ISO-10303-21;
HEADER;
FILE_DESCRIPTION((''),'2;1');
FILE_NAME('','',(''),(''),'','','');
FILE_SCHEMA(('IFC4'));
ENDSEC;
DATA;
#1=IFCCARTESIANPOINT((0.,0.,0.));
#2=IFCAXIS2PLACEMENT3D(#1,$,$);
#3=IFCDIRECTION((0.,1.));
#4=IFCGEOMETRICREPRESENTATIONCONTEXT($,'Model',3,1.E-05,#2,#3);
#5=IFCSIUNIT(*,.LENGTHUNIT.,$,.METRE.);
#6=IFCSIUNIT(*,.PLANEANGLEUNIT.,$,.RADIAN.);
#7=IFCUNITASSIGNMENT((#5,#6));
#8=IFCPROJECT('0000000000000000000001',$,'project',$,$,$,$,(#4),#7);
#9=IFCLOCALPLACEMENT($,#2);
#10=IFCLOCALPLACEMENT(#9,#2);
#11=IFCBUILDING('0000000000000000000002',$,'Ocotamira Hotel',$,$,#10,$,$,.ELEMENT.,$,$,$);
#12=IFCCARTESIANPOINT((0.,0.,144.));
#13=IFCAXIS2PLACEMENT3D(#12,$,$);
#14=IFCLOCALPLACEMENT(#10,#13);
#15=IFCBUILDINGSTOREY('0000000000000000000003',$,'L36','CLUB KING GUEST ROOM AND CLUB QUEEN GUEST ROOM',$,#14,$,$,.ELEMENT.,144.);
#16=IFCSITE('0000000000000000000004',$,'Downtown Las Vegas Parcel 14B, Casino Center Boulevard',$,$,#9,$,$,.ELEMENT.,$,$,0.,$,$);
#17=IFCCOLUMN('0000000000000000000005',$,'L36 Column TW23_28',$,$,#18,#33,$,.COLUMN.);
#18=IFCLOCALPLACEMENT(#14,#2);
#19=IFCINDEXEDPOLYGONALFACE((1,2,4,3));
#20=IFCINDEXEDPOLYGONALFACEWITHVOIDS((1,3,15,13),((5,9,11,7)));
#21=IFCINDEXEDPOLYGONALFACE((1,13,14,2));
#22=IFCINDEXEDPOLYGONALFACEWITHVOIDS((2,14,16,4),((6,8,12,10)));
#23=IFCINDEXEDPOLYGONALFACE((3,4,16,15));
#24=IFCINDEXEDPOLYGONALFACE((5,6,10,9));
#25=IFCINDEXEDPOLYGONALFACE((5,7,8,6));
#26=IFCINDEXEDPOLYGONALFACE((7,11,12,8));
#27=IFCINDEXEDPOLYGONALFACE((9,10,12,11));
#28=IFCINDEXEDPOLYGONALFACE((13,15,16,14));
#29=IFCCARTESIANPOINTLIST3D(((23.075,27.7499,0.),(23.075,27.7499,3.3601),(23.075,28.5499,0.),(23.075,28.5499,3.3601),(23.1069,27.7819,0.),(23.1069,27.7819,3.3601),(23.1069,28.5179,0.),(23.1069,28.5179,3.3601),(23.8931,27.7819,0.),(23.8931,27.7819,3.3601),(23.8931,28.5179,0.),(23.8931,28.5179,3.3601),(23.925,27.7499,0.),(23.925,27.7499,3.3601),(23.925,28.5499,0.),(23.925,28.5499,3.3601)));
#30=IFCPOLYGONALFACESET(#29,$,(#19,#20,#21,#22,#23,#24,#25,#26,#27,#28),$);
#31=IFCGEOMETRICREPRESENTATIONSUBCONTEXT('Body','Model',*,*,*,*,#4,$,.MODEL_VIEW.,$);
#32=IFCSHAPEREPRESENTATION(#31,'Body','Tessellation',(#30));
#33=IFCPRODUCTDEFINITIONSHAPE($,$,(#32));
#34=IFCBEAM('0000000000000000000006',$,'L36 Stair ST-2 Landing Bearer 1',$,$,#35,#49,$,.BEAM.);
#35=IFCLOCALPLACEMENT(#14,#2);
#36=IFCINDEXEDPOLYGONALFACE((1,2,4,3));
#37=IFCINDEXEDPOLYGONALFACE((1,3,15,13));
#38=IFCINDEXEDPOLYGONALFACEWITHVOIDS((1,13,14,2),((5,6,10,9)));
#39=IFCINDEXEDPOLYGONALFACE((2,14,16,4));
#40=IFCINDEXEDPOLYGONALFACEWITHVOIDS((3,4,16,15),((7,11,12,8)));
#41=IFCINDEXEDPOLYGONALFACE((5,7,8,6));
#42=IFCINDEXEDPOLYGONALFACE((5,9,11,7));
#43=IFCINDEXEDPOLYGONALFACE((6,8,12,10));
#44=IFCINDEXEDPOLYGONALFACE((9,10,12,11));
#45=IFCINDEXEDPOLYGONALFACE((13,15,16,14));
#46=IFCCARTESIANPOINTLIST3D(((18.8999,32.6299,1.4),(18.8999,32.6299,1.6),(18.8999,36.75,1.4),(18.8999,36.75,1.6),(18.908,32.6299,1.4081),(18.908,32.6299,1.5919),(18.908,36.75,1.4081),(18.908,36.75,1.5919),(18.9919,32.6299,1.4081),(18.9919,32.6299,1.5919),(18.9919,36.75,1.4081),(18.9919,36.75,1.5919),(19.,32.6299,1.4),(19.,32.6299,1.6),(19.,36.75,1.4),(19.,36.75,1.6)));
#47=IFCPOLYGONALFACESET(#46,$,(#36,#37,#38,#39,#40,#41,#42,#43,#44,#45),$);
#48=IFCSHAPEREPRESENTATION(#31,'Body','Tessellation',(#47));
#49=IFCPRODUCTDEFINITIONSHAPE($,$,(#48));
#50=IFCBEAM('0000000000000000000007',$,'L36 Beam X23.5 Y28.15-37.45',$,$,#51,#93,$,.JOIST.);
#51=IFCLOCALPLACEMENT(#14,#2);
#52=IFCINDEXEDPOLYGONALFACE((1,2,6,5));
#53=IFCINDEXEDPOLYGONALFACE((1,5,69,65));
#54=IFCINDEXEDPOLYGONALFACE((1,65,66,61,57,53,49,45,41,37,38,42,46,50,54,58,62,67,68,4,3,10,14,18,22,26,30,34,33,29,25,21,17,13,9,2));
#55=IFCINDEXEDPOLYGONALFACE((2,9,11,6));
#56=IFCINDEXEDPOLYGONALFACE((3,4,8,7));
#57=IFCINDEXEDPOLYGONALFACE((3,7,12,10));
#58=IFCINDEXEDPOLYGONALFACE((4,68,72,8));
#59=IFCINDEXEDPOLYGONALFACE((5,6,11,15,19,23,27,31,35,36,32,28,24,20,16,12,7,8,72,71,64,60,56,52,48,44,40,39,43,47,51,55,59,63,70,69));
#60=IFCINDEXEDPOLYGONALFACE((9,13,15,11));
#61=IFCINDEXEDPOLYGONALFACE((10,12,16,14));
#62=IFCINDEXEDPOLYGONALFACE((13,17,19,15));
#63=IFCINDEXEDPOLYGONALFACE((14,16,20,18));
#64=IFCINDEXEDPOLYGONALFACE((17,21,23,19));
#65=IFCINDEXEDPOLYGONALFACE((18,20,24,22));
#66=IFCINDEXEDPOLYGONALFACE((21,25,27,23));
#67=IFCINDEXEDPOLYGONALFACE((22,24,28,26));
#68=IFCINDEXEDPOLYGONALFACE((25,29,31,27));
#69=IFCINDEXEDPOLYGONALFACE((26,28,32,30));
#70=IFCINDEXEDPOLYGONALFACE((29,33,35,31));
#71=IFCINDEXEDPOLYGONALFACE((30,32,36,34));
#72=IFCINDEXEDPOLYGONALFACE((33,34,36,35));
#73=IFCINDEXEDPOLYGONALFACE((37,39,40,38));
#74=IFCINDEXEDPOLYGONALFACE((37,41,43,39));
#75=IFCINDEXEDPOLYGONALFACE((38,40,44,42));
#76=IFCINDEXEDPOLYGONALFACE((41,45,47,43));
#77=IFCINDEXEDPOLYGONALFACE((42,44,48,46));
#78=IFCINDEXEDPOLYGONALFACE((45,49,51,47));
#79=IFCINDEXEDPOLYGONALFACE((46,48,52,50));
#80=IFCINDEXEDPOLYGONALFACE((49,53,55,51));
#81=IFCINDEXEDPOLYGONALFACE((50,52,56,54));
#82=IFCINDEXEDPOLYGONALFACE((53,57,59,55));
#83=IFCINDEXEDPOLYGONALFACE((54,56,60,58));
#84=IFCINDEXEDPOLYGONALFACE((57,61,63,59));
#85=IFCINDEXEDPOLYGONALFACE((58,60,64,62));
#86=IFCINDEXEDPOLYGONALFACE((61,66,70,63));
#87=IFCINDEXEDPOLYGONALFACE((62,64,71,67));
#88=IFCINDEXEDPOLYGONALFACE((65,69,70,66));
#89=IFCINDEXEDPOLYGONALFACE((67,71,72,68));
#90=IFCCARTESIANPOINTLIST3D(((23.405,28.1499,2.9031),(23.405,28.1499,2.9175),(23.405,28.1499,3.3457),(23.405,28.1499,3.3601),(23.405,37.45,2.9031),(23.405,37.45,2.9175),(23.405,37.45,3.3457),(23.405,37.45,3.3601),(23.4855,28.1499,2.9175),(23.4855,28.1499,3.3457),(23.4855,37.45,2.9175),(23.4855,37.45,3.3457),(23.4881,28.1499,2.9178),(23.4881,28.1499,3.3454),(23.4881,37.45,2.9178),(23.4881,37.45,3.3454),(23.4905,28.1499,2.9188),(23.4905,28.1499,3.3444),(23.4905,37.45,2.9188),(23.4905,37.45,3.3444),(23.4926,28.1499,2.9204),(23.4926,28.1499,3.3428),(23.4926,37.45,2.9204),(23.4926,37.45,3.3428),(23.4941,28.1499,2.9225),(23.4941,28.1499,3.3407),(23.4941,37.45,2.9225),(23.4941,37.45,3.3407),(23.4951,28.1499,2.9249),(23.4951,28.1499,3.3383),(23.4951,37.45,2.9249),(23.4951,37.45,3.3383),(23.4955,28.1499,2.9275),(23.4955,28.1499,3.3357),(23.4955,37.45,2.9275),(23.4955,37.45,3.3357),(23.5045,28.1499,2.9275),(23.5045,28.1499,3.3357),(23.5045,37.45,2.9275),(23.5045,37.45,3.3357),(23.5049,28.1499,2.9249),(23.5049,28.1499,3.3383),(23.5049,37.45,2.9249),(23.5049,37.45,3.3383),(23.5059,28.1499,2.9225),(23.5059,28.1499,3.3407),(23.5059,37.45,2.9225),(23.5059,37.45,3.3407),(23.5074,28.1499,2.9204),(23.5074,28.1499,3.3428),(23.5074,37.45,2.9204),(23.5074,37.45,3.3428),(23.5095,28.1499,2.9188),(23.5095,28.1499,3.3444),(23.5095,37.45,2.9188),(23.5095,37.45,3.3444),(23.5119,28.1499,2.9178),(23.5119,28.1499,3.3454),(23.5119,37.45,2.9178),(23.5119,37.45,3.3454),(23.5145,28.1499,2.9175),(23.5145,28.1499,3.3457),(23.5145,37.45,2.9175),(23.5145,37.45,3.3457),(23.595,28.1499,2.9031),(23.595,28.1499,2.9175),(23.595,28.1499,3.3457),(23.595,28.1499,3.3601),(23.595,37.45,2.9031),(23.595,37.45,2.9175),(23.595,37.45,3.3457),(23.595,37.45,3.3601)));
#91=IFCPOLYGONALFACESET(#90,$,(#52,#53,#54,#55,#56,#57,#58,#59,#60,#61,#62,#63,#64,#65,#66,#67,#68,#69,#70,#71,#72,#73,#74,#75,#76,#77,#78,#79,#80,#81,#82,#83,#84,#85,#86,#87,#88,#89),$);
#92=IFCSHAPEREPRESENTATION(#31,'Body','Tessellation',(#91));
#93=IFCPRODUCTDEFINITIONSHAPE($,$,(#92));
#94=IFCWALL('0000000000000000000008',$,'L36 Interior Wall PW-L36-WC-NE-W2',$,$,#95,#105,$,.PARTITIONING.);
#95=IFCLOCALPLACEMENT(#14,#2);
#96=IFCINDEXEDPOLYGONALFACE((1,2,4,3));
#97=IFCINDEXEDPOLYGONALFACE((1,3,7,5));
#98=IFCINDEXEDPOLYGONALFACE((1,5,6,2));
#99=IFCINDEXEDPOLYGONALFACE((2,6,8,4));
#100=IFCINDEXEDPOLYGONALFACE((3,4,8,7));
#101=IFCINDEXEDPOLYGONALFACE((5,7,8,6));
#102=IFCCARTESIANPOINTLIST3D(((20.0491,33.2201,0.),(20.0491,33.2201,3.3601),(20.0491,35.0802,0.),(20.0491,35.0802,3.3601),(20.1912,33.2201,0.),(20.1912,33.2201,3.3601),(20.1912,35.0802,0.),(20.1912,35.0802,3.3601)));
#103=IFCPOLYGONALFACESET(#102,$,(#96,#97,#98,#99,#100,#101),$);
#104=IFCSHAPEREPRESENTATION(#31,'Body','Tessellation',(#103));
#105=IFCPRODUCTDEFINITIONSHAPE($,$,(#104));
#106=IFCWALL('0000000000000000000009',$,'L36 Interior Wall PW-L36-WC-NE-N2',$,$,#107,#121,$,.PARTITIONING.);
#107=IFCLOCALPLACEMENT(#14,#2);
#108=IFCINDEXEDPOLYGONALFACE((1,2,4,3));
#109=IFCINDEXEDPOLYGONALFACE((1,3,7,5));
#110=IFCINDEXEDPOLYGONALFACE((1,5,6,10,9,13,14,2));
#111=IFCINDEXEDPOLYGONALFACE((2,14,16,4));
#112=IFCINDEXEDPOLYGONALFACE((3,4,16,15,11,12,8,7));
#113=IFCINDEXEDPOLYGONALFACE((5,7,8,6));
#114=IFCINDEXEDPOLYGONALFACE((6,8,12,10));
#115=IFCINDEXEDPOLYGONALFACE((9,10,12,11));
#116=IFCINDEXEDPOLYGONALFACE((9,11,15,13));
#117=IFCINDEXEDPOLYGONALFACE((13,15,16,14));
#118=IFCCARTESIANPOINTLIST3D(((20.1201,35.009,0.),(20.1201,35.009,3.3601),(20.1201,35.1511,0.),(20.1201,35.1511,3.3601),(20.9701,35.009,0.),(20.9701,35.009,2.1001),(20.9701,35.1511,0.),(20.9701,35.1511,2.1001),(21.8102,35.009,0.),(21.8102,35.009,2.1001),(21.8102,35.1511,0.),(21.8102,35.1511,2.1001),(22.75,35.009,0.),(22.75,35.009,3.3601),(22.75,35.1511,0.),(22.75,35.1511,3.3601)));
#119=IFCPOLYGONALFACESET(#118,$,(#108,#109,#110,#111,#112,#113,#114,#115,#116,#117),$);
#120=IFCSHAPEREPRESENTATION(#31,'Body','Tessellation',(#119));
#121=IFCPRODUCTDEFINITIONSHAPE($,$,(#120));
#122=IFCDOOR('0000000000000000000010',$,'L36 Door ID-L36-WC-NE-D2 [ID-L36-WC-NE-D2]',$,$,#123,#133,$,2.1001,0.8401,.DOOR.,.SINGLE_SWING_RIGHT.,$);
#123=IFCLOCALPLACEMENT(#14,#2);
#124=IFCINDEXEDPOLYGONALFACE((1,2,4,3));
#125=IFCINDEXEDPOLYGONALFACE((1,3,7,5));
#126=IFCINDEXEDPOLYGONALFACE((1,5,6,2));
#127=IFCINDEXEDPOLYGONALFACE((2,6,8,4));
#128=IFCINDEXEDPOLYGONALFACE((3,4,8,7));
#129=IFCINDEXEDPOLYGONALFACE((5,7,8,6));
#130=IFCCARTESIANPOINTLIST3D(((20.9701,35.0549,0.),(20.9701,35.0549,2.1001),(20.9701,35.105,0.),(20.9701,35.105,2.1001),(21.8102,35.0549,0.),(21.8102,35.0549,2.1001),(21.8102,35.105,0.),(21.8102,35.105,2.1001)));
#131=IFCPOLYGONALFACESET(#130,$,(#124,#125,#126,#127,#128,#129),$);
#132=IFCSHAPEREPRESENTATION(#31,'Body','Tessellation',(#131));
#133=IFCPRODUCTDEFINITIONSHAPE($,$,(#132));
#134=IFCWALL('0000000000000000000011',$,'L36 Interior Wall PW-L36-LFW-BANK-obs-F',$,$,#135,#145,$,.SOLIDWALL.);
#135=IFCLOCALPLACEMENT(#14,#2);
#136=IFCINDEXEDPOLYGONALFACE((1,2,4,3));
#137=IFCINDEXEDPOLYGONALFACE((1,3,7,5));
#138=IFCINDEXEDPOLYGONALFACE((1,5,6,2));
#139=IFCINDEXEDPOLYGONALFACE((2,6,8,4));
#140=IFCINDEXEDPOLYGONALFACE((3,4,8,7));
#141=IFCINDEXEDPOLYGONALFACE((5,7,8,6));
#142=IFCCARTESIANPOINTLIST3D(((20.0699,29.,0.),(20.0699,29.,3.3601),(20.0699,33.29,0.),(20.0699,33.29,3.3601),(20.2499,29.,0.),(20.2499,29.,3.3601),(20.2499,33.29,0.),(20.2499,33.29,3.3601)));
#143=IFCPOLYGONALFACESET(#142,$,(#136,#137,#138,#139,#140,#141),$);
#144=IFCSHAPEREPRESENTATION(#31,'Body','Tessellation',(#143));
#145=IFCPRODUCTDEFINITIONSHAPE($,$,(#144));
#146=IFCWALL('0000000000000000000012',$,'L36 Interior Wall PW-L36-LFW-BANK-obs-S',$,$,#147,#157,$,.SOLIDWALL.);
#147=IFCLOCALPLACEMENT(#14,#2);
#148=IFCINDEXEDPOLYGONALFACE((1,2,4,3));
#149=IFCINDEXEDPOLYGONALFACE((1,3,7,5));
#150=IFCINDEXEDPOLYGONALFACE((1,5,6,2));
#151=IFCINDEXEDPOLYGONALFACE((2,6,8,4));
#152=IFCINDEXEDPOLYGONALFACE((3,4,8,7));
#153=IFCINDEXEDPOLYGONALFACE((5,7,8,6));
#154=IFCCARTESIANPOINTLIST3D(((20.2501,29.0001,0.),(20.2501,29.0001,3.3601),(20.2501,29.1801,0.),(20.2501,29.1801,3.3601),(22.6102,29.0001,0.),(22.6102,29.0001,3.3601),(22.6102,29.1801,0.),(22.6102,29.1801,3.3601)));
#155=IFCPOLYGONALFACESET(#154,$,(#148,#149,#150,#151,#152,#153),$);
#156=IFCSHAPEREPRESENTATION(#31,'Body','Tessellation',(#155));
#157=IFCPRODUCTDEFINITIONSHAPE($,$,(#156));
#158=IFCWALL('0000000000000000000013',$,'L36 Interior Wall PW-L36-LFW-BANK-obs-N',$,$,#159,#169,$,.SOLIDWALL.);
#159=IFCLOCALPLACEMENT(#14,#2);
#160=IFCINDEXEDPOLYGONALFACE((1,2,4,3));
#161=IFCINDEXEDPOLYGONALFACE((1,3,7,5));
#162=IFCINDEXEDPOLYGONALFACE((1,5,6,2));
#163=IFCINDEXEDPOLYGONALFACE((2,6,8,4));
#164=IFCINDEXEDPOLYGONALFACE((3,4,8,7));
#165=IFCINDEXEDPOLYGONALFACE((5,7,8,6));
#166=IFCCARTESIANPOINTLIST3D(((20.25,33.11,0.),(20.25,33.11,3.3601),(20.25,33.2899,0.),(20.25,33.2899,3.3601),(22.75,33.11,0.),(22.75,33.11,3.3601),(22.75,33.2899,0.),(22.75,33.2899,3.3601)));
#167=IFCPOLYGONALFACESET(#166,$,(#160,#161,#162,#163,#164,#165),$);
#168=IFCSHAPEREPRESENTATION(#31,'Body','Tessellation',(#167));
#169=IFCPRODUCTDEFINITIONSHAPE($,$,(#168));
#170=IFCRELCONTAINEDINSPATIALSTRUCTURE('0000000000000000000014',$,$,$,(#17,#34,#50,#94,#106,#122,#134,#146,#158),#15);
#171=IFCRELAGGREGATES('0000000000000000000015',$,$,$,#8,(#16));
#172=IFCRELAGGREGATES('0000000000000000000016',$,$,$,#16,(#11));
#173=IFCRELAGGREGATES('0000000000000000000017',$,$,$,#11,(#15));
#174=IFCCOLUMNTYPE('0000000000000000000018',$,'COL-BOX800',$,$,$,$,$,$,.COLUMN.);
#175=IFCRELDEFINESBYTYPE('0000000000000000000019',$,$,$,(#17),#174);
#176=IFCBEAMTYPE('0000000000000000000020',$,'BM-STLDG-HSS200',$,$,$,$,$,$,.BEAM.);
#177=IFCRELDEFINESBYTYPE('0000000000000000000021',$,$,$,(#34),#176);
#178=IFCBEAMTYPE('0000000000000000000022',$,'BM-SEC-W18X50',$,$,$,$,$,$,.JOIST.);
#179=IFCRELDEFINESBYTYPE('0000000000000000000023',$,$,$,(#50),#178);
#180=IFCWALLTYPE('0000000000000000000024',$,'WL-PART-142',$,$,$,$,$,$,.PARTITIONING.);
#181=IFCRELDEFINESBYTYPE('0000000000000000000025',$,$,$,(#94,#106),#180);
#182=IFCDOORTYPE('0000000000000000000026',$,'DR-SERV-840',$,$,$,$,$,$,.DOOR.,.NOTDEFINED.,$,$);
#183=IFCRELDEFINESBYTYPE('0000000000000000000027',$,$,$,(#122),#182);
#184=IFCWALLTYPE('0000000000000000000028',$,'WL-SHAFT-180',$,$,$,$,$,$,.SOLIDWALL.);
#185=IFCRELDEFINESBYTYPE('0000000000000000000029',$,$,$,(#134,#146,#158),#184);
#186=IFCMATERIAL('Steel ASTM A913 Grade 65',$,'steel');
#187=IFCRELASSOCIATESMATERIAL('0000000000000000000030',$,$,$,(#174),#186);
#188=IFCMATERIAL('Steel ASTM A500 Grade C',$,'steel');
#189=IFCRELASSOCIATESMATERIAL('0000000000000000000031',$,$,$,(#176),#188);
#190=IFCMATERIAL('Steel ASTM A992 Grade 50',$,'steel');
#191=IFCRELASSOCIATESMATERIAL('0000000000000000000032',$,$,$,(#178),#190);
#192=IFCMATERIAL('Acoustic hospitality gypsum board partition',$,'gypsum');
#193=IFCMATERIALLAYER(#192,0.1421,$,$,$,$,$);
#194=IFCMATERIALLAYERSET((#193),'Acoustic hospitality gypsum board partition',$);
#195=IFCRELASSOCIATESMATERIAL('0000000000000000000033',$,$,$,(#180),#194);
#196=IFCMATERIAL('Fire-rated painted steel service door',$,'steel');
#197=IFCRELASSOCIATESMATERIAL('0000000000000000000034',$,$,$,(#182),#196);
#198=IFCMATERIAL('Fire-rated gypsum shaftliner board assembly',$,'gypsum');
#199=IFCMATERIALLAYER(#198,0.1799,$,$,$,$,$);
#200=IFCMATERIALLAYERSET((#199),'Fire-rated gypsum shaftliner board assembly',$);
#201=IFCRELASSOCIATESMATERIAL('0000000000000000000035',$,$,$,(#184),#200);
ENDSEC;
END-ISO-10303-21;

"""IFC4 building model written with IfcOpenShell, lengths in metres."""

from ifc_helpers import new_model, si_unit, direction, frame, frame_2d, origin, origin_2d, place, context, subcontext, project, spatial, rectangle, hollow_rectangle, i_section, extrude, source, transform, mapped, material, layer, layer_set, material_profile, profile_set, type_object, element, fill, save


model = new_model("IFC4")

# Units and contexts
model_context = context("Model", 3, precision=1e-05, world=origin(), true_north=direction((0.0, 1.0)))
body_context = subcontext(model_context, "Body", "Model", "MODEL_VIEW")
ifc_project = project(units=[si_unit("LENGTHUNIT", "METRE"), si_unit("PLANEANGLEUNIT", "RADIAN")], contexts=[model_context])

# Site, building, storey
site_placement = place(None, origin())
site = spatial("IfcSite", under=ifc_project, at=site_placement, Name="Downtown Las Vegas Parcel 14B, Casino Center Boulevard", CompositionType="ELEMENT", RefElevation=0.0)
building_placement = place(site_placement, origin())
building = spatial("IfcBuilding", under=site, at=building_placement, Name="Ocotamira Hotel", CompositionType="ELEMENT")
storey_placement = place(building_placement, frame((0.0, 0.0, 144.0)))
storey = spatial("IfcBuildingStorey", under=building, at=storey_placement, Name="L36", Description="CLUB KING GUEST ROOM AND CLUB QUEEN GUEST ROOM", CompositionType="ELEMENT", Elevation=144.0)

# Column
ifc_material_1 = material(Name="Steel ASTM A913 Grade 65", Category="steel")
ifc_material_profile_1 = material_profile(ifc_material_1, hollow_rectangle(XDim=0.8501, YDim=0.8, WallThickness=0.032, at=origin_2d()), Name="BOX800X850X32")
ifc_profile_set_1 = profile_set([ifc_material_profile_1], Name="Steel ASTM A913 Grade 65")
column_type = type_object("IfcColumnType", Name="COL-BOX800", PredefinedType="COLUMN", material=ifc_profile_set_1)
shared_shape_1 = source(origin(), body_context, "Body", "SweptSolid", [
    extrude(hollow_rectangle(XDim=0.8501, YDim=0.8, WallThickness=0.032, at=origin_2d()), origin(), (0.0, 0.0, 1.0), 3.3601),
])
column_placement = place(storey_placement, frame((23.5, 28.1499, 0.0), z_axis=(0.0, 0.0, 1.0), x_axis=(1.0, 0.0, 0.0)))
element("IfcColumn", 1, at=column_placement, inside=storey, type_object=column_type, Name="L36 Column TW23_28", PredefinedType="COLUMN", context=body_context, shape_type="MappedRepresentation", body=[
    mapped(shared_shape_1, transform((0.0, 0.0, 0.0), scale=1.0)),
])

# Beams
ifc_material_2 = material(Name="Steel ASTM A500 Grade C", Category="steel")
ifc_material_profile_2 = material_profile(ifc_material_2, hollow_rectangle(XDim=0.1001, YDim=0.2, WallThickness=0.0081, at=origin_2d()), Name="HSS200X100X8")
ifc_profile_set_2 = profile_set([ifc_material_profile_2], Name="Steel ASTM A500 Grade C")
beam_type_1 = type_object("IfcBeamType", Name="BM-STLDG-HSS200", PredefinedType="BEAM", material=ifc_profile_set_2)
shared_shape_2 = source(origin(), body_context, "Body", "SweptSolid", [
    extrude(hollow_rectangle(XDim=0.1001, YDim=0.2, WallThickness=0.0081, at=origin_2d()), origin(), (0.0, 0.0, 1.0), 4.1201),
])
beam_1_placement = place(storey_placement, frame((18.95, 32.6299, 1.5), z_axis=(0.0, 1.0, 0.0), x_axis=(-1.0, 0.0, 0.0)))
element("IfcBeam", 2, at=beam_1_placement, inside=storey, type_object=beam_type_1, Name="L36 Stair ST-2 Landing Bearer 1", PredefinedType="BEAM", context=body_context, shape_type="MappedRepresentation", body=[
    mapped(shared_shape_2, transform((0.0, 0.0, 0.0), scale=1.0)),
])
ifc_material_3 = material(Name="Steel ASTM A992 Grade 50", Category="steel")
ifc_material_profile_3 = material_profile(ifc_material_3, i_section(OverallWidth=0.1899, OverallDepth=0.457, WebThickness=0.009, FlangeThickness=0.0144, FilletRadius=0.01, at=origin_2d()), Name="W18X50")
ifc_profile_set_3 = profile_set([ifc_material_profile_3], Name="Steel ASTM A992 Grade 50")
beam_type_2 = type_object("IfcBeamType", Name="BM-SEC-W18X50", PredefinedType="JOIST", material=ifc_profile_set_3)
shared_shape_3 = source(origin(), body_context, "Body", "SweptSolid", [
    extrude(i_section(OverallWidth=0.1899, OverallDepth=0.457, WebThickness=0.009, FlangeThickness=0.0144, FilletRadius=0.01, at=origin_2d()), origin(), (0.0, 0.0, 1.0), 9.3),
])
beam_2_placement = place(storey_placement, frame((23.5, 28.1499, 3.1316), z_axis=(0.0, 1.0, 0.0), x_axis=(-1.0, 0.0, 0.0)))
element("IfcBeam", 3, at=beam_2_placement, inside=storey, type_object=beam_type_2, Name="L36 Beam X23.5 Y28.15-37.45", PredefinedType="JOIST", context=body_context, shape_type="MappedRepresentation", body=[
    mapped(shared_shape_3, transform((0.0, 0.0, 0.0), scale=1.0)),
])

# Wall
ifc_material_4 = material(Name="Acoustic hospitality gypsum board partition", Category="gypsum")
ifc_layer_1 = layer(ifc_material_4, 0.1421)
ifc_layer_set_1 = layer_set([ifc_layer_1], Name="Acoustic hospitality gypsum board partition")
wall_type_1 = type_object("IfcWallType", Name="WL-PART-142", PredefinedType="PARTITIONING", material=ifc_layer_set_1)
wall_1_placement = place(storey_placement, frame((20.1201, 33.22, 0.0), z_axis=(0.0, 0.0, 1.0), x_axis=(0.0, 1.0, 0.0)))
element("IfcWall", 4, at=wall_1_placement, inside=storey, type_object=wall_type_1, Name="L36 Interior Wall PW-L36-WC-NE-W2", PredefinedType="PARTITIONING", context=body_context, shape_type="SweptSolid", body=[
    extrude(rectangle(XDim=1.8601, YDim=0.1421, at=frame_2d((0.9302, 0.0))), origin(), (0.0, 0.0, 1.0), 3.3601),
])

# Wall, opening, door
wall_2_placement = place(storey_placement, frame((20.1201, 35.0801, 0.0), z_axis=(0.0, 0.0, 1.0), x_axis=(1.0, 0.0, 0.0)))
wall_2 = element("IfcWall", 5, at=wall_2_placement, inside=storey, type_object=wall_type_1, Name="L36 Interior Wall PW-L36-WC-NE-N2", PredefinedType="PARTITIONING", context=body_context, shape_type="SweptSolid", body=[
    extrude(rectangle(XDim=2.6299, YDim=0.1421, at=frame_2d((1.3149, 0.0))), origin(), (0.0, 0.0, 1.0), 3.3601),
])
opening_1_placement = place(wall_2_placement, frame((0.8501, 0.0, 0.0)))
opening_1 = element("IfcOpeningElement", 6, at=opening_1_placement, cuts=wall_2, PredefinedType="OPENING", context=body_context, shape_type="SweptSolid", body=[
    extrude(rectangle(XDim=0.8401, YDim=2.1001, at=frame_2d((0.4199, 1.05))), frame((0.0, 0.0811, 0.0), z_axis=(0.0, -1.0, 0.0), x_axis=(1.0, 0.0, 0.0)), (0.0, 0.0, 1.0), 0.1621),
])
ifc_material_5 = material(Name="Fire-rated painted steel service door", Category="steel")
door_type_1 = type_object("IfcDoorType", Name="DR-SERV-840", OperationType="NOTDEFINED", PredefinedType="DOOR", material=ifc_material_5)
shared_shape_4 = source(origin(), body_context, "Body", "SweptSolid", [
    extrude(rectangle(XDim=0.8401, YDim=2.1001, at=frame_2d((0.4199, 1.05))), frame((0.0, 0.0249, 0.0), z_axis=(0.0, -1.0, 0.0), x_axis=(1.0, 0.0, 0.0)), (0.0, 0.0, 1.0), 0.05),
])
door_1_placement = place(opening_1_placement, origin())
door_1 = element("IfcDoor", 7, at=door_1_placement, inside=storey, type_object=door_type_1, Name="L36 Door ID-L36-WC-NE-D2 [ID-L36-WC-NE-D2]", OperationType="SINGLE_SWING_RIGHT", OverallHeight=2.1001, OverallWidth=0.8401, PredefinedType="DOOR", context=body_context, shape_type="MappedRepresentation", body=[
    mapped(shared_shape_4, transform((0.0, 0.0, 0.0), scale=1.0)),
])
fill(opening_1, door_1)

# Walls
ifc_material_6 = material(Name="Fire-rated gypsum shaftliner board assembly", Category="gypsum")
ifc_layer_2 = layer(ifc_material_6, 0.1799)
ifc_layer_set_2 = layer_set([ifc_layer_2], Name="Fire-rated gypsum shaftliner board assembly")
wall_type_2 = type_object("IfcWallType", Name="WL-SHAFT-180", PredefinedType="SOLIDWALL", material=ifc_layer_set_2)
wall_3_placement = place(storey_placement, frame((20.1599, 29.0, 0.0), z_axis=(0.0, 0.0, 1.0), x_axis=(0.0, 1.0, 0.0)))
element("IfcWall", 8, at=wall_3_placement, inside=storey, type_object=wall_type_2, Name="L36 Interior Wall PW-L36-LFW-BANK-obs-F", PredefinedType="SOLIDWALL", context=body_context, shape_type="SweptSolid", body=[
    extrude(rectangle(XDim=4.29, YDim=0.1799, at=frame_2d((2.145, 0.0))), origin(), (0.0, 0.0, 1.0), 3.3601),
])
wall_4_placement = place(storey_placement, frame((20.25, 29.0901, 0.0), z_axis=(0.0, 0.0, 1.0), x_axis=(1.0, 0.0, 0.0)))
element("IfcWall", 9, at=wall_4_placement, inside=storey, type_object=wall_type_2, Name="L36 Interior Wall PW-L36-LFW-BANK-obs-S", PredefinedType="SOLIDWALL", context=body_context, shape_type="SweptSolid", body=[
    extrude(rectangle(XDim=2.3601, YDim=0.1799, at=frame_2d((1.1802, 0.0))), origin(), (0.0, 0.0, 1.0), 3.3601),
])
wall_5_placement = place(storey_placement, frame((20.25, 33.2, 0.0), z_axis=(0.0, 0.0, 1.0), x_axis=(1.0, 0.0, 0.0)))
element("IfcWall", 10, at=wall_5_placement, inside=storey, type_object=wall_type_2, Name="L36 Interior Wall PW-L36-LFW-BANK-obs-N", PredefinedType="SOLIDWALL", context=body_context, shape_type="SweptSolid", body=[
    extrude(rectangle(XDim=2.5, YDim=0.1799, at=frame_2d((1.25, 0.0))), origin(), (0.0, 0.0, 1.0), 3.3601),
])

save(model, "model.ifc")
